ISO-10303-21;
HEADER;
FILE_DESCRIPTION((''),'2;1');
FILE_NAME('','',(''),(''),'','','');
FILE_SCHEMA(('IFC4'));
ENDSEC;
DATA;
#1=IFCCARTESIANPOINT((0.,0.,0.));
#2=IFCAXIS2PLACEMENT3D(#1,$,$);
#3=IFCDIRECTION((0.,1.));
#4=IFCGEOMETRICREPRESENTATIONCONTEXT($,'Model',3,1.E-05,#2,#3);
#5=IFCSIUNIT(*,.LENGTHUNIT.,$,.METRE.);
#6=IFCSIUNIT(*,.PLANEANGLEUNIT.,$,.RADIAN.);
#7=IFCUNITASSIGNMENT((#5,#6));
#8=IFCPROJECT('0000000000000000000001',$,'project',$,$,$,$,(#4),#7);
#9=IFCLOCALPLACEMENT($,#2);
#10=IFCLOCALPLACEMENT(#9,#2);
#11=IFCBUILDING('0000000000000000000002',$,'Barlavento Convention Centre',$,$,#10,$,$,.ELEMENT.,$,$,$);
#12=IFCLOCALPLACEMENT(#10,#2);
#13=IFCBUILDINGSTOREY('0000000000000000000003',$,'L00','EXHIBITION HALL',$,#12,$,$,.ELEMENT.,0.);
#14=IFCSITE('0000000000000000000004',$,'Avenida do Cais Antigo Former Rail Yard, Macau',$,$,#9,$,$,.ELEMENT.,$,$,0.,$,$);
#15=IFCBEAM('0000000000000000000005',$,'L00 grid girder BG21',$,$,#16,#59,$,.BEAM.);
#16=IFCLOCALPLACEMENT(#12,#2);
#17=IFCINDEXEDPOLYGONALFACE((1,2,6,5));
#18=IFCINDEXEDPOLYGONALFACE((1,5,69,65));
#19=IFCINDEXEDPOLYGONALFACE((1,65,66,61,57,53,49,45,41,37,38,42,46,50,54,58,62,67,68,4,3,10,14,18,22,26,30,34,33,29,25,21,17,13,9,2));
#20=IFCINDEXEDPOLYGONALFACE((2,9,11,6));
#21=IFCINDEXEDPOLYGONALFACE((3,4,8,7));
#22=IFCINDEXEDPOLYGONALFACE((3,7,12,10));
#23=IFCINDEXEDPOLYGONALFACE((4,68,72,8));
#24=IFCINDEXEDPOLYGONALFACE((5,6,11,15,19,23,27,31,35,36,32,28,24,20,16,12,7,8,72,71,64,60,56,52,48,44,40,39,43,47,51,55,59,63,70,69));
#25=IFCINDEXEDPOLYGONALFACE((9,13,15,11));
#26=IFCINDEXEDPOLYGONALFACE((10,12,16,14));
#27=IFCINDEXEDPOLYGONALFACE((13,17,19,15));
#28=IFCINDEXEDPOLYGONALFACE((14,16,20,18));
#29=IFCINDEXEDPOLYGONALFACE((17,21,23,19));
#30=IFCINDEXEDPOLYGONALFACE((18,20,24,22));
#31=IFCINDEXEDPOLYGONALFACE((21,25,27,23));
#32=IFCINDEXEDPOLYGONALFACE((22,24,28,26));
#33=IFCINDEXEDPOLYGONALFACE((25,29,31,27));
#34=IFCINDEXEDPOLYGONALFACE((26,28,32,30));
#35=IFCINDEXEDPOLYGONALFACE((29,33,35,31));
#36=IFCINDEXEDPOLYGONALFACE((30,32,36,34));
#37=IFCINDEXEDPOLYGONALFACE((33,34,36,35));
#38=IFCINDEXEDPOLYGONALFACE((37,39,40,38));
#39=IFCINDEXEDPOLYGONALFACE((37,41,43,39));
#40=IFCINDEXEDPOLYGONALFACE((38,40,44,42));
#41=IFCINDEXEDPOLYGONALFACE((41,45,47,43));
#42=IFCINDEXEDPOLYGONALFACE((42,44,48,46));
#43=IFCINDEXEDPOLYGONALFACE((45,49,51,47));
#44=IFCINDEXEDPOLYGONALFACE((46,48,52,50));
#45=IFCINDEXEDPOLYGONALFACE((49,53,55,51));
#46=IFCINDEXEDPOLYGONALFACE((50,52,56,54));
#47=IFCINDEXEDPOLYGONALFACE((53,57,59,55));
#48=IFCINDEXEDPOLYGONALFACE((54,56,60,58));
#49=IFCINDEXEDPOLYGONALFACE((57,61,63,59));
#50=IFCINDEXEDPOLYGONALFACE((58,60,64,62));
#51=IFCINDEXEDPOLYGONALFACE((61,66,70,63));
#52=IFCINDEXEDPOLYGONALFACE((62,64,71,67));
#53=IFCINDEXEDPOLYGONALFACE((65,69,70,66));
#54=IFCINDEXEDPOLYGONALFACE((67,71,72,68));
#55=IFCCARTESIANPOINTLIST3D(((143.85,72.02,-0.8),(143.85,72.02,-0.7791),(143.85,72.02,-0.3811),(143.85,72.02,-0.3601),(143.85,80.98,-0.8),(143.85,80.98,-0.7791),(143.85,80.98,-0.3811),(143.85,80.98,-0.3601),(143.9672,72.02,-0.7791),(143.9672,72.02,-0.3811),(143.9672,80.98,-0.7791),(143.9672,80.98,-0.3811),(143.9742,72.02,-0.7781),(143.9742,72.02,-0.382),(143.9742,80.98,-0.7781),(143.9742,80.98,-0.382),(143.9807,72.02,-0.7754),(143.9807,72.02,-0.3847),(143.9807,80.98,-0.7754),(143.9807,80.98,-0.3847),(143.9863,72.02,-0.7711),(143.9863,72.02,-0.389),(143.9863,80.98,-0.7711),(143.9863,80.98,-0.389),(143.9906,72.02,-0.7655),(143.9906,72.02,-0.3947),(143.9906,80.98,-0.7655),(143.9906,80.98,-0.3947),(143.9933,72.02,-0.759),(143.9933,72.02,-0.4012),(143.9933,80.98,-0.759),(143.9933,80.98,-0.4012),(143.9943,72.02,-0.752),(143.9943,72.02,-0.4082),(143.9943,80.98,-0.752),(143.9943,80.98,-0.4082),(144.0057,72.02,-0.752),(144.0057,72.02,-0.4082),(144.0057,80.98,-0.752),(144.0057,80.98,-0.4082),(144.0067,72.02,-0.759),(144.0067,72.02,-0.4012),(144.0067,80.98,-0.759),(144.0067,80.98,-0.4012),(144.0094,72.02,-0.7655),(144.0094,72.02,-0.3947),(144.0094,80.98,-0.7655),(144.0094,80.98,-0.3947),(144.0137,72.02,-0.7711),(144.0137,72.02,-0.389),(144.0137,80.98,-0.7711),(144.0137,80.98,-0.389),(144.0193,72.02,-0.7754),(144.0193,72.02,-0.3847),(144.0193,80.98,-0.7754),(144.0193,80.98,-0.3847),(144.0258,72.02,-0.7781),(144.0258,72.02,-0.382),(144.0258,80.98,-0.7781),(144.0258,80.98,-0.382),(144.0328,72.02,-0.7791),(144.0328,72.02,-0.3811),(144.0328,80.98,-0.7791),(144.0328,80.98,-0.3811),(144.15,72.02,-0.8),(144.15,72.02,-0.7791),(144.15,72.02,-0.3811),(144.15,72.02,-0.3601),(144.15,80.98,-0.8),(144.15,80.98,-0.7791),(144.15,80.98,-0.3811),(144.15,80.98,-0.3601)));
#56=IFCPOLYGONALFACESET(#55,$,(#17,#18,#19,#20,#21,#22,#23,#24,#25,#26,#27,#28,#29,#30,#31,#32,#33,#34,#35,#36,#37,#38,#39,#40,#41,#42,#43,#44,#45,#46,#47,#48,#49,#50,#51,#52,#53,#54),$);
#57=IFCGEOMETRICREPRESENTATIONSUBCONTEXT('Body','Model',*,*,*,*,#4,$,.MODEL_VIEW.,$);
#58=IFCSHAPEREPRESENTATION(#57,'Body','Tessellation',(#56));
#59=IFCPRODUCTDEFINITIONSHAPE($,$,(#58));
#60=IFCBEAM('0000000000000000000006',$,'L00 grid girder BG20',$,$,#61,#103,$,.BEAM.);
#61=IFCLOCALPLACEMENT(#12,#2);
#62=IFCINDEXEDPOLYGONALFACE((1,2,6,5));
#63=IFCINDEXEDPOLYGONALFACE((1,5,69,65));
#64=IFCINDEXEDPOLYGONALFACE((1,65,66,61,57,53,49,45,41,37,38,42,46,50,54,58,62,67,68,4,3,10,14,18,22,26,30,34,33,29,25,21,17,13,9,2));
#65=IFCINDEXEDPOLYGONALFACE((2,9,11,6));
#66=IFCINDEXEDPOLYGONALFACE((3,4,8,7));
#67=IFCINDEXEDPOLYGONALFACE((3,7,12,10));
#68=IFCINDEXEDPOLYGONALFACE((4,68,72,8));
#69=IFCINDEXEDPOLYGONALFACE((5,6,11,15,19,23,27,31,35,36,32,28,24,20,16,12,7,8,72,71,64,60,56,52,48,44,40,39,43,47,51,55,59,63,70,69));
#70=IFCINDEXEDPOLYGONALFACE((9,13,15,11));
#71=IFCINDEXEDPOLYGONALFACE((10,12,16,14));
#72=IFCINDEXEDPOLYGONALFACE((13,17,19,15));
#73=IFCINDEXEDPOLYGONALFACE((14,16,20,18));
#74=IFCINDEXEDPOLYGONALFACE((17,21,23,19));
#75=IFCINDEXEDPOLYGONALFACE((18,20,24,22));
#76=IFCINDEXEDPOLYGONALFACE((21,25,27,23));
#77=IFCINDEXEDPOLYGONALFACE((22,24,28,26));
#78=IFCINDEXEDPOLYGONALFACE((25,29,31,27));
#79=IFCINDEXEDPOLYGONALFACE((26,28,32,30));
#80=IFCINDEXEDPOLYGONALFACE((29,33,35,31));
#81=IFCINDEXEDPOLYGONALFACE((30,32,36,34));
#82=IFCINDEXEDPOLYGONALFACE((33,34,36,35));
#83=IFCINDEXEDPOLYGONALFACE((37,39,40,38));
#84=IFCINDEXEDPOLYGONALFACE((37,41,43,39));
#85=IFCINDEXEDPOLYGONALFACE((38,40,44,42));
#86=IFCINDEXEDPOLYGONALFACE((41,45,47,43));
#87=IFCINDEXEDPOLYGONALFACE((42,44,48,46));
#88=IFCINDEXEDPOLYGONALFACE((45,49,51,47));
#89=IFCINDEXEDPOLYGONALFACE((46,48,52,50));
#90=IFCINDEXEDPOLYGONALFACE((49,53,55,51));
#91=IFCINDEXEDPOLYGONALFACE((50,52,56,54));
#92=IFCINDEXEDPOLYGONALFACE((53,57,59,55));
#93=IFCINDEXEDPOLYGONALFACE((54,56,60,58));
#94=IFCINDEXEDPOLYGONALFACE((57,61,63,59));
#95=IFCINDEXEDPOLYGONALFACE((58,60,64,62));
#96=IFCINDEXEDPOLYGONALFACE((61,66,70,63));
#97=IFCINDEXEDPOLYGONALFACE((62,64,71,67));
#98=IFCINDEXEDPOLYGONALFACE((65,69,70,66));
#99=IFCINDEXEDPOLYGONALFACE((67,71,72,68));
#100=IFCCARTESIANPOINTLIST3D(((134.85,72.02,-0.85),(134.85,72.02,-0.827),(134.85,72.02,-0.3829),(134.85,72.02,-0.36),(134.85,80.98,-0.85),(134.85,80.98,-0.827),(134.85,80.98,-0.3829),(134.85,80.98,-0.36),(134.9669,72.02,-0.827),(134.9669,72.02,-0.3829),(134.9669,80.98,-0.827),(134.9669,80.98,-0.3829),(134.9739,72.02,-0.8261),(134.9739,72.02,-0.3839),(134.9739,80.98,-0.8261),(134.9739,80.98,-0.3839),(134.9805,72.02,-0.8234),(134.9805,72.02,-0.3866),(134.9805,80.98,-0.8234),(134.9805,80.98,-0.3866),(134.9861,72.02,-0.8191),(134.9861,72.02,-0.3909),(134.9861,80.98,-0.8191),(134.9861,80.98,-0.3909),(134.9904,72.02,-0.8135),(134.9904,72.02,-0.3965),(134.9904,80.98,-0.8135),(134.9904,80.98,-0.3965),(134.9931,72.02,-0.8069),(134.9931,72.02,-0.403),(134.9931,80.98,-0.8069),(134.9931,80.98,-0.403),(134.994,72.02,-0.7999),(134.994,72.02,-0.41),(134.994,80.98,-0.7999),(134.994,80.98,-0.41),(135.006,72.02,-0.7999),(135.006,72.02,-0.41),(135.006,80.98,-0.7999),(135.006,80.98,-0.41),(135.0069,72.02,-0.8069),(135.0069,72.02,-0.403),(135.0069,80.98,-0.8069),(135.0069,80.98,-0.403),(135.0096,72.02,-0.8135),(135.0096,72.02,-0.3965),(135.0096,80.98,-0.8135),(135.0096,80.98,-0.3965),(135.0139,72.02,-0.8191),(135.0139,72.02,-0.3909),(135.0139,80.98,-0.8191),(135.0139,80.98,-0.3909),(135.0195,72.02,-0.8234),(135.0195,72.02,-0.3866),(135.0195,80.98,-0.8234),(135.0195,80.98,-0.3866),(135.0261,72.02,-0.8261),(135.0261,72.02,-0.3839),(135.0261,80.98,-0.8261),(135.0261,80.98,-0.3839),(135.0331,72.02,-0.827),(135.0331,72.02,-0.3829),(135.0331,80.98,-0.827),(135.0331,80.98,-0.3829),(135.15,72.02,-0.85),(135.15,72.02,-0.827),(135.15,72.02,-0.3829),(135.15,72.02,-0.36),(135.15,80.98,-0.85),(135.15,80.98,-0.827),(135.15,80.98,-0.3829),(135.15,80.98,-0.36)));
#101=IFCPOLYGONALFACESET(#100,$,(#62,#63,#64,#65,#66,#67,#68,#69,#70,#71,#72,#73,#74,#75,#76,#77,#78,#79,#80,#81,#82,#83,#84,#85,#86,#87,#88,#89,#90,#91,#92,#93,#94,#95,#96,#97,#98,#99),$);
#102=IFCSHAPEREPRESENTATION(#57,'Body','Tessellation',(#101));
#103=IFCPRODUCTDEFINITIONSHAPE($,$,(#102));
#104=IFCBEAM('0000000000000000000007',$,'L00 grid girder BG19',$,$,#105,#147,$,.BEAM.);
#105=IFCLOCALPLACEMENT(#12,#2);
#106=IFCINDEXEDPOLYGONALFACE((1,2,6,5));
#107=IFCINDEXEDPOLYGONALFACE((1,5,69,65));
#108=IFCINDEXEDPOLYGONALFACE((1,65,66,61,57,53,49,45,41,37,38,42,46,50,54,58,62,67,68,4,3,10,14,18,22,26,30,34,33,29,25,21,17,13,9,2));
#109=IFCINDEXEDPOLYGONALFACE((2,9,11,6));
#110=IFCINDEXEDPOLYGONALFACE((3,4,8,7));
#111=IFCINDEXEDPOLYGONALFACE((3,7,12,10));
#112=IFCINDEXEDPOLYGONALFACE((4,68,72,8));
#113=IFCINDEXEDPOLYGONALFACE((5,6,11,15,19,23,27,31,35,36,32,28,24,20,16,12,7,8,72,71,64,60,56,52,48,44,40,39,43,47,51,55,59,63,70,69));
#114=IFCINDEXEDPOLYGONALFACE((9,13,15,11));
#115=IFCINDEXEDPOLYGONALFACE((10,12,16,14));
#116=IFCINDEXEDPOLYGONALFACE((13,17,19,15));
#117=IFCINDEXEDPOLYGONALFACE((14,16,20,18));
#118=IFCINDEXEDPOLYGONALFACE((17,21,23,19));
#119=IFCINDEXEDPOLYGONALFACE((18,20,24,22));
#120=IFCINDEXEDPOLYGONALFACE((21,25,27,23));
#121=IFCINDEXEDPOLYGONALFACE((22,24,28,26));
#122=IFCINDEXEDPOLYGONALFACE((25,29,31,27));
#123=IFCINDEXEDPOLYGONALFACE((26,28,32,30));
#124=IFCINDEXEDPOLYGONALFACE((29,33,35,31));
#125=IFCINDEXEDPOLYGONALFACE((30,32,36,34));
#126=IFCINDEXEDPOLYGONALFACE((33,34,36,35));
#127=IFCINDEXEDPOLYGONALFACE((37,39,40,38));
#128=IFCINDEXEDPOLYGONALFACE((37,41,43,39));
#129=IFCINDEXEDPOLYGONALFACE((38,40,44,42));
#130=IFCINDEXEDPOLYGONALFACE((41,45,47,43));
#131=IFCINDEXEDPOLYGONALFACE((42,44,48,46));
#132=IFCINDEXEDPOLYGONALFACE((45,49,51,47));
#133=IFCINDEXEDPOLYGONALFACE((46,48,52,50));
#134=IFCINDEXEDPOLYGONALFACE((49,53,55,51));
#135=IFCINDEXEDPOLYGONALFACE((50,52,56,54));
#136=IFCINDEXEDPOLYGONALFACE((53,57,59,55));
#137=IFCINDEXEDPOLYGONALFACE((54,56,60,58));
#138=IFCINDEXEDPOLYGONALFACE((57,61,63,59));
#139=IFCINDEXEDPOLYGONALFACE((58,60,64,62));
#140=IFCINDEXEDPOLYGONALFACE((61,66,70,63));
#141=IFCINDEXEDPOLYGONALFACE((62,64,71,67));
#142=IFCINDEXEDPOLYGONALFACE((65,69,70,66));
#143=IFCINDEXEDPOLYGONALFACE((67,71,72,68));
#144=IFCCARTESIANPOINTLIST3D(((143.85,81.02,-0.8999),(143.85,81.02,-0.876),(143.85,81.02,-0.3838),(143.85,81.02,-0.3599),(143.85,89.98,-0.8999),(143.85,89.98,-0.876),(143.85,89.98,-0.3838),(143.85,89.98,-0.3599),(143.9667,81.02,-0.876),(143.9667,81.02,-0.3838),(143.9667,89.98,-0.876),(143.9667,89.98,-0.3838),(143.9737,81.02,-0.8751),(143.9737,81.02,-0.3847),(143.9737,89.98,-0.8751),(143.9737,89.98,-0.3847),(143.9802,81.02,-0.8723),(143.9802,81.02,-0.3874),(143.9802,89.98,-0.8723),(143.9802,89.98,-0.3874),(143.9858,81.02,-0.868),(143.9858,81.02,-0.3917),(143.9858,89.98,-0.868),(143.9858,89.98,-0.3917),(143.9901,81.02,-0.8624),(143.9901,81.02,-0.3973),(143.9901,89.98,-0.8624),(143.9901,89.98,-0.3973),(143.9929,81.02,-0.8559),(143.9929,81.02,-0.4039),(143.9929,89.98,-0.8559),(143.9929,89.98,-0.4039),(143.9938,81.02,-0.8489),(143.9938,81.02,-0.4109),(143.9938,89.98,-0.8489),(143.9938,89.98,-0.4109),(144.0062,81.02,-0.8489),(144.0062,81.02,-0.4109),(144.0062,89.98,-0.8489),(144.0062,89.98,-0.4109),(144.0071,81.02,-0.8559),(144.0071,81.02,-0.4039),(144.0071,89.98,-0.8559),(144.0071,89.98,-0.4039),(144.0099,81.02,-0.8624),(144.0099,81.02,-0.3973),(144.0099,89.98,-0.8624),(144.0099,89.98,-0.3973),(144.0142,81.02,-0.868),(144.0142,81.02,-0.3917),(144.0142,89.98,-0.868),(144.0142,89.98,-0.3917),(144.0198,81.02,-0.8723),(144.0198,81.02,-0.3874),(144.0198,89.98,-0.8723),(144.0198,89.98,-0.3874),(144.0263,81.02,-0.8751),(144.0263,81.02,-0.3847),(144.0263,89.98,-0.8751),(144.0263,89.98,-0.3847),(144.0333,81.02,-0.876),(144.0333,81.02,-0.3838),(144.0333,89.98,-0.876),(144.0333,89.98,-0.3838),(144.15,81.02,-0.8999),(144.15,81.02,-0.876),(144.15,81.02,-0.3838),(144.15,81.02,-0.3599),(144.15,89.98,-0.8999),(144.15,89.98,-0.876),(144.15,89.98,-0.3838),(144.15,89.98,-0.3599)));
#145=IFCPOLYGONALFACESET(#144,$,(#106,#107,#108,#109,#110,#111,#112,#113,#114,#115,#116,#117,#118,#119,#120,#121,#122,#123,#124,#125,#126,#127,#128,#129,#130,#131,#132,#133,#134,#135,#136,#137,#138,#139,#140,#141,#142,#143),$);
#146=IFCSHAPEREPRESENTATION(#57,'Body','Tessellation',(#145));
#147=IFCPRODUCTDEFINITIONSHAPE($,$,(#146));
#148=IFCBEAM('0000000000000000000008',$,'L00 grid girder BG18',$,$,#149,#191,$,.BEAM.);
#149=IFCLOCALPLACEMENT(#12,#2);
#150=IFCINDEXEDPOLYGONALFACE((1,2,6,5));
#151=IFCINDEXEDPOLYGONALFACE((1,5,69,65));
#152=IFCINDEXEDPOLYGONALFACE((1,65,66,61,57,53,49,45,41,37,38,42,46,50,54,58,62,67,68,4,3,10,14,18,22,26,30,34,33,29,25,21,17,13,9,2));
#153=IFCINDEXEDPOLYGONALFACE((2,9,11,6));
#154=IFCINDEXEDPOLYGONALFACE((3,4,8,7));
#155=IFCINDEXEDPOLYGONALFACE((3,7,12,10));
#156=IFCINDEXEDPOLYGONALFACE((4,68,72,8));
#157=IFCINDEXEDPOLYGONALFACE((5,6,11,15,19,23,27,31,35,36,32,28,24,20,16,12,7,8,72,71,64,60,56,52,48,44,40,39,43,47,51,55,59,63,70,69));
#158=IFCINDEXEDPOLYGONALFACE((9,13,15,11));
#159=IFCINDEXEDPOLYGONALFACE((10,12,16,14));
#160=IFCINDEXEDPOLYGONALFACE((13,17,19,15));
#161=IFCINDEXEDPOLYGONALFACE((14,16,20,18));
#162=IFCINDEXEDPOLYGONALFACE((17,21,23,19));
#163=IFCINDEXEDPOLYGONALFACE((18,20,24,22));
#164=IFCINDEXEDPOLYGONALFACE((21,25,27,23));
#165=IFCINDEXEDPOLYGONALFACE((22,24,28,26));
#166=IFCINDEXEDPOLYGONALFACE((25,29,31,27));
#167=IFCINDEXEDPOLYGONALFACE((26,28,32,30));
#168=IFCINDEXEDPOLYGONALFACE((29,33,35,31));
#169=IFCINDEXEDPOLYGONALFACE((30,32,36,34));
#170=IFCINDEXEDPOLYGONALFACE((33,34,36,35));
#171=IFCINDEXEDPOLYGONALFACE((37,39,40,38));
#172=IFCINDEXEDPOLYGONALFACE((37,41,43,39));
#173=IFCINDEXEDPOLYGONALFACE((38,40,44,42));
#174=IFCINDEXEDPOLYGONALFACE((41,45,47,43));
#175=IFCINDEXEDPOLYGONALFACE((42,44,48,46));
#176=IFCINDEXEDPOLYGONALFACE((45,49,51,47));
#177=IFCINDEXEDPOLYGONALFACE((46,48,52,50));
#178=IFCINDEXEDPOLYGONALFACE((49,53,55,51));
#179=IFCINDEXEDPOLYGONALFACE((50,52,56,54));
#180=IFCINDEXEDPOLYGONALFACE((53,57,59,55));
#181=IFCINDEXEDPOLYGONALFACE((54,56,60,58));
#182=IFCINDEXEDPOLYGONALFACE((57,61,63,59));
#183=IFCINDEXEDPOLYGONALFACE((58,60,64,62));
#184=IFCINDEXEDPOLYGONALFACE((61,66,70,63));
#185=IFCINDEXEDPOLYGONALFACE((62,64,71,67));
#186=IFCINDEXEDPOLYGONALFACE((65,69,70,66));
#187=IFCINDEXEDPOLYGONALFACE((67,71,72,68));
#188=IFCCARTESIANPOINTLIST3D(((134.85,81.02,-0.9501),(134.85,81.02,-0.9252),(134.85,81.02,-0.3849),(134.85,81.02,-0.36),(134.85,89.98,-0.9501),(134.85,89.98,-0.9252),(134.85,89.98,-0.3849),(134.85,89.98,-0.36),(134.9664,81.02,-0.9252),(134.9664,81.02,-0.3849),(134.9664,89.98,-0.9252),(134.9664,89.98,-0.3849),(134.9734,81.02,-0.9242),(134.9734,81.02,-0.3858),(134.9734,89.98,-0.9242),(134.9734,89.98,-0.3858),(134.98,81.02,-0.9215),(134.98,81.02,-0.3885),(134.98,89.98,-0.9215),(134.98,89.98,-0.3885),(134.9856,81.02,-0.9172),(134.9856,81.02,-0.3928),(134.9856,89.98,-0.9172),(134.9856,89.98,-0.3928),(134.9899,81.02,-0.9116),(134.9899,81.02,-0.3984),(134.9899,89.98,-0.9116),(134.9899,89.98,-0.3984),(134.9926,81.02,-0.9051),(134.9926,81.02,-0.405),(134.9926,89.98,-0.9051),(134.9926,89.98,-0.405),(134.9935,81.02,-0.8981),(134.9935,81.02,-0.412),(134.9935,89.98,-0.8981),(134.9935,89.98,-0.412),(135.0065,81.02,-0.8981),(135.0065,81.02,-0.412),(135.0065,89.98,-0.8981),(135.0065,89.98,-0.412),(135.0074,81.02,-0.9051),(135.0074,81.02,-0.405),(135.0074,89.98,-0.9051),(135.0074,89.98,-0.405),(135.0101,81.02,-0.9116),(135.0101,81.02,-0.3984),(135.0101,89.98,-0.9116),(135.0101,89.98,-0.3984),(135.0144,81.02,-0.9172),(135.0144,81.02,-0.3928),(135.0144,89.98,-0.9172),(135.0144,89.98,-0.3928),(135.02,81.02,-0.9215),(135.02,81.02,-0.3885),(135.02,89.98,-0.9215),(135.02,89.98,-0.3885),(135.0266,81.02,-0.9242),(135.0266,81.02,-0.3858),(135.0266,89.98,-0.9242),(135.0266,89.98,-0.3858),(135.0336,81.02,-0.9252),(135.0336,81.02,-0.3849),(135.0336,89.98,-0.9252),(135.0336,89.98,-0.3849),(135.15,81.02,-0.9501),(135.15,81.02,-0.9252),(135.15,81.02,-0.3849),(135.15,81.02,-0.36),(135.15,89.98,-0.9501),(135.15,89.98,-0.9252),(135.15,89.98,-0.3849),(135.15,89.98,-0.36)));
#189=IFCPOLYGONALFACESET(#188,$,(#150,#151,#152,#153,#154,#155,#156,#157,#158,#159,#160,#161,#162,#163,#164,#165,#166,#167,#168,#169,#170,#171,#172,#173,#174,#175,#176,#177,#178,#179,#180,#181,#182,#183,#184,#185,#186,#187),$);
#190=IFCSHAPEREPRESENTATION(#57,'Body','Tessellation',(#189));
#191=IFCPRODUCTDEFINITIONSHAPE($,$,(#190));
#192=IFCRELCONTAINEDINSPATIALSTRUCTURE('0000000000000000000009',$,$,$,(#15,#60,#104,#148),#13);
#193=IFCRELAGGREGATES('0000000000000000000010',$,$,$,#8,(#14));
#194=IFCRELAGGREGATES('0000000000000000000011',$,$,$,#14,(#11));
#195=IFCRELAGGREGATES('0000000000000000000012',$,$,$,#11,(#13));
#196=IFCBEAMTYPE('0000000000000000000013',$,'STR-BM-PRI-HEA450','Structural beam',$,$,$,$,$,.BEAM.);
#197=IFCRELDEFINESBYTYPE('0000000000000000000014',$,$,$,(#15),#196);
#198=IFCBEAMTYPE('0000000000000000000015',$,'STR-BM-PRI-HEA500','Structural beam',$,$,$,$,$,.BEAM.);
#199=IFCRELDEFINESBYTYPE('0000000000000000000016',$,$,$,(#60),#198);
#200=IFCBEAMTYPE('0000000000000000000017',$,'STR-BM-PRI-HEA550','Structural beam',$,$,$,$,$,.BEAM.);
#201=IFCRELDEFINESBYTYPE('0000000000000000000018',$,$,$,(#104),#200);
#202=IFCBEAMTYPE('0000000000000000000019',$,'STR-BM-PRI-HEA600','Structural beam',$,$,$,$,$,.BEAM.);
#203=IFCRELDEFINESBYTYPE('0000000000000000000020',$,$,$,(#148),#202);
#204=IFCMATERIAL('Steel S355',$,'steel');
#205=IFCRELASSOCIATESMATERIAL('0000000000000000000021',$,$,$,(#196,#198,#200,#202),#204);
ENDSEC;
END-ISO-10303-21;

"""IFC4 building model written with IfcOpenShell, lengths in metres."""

from ifc_helpers import new_model, si_unit, direction, frame, origin, origin_2d, place, context, subcontext, project, spatial, i_section, extrude, material, material_profile, profile_set, type_object, element, save


model = new_model("IFC4")

# Units and contexts
model_context = context("Model", 3, precision=1e-05, world=origin(), true_north=direction((0.0, 1.0)))
body_context = subcontext(model_context, "Body", "Model", "MODEL_VIEW")
ifc_project = project(units=[si_unit("LENGTHUNIT", "METRE"), si_unit("PLANEANGLEUNIT", "RADIAN")], contexts=[model_context])

# Site, building, storey
site_placement = place(None, origin())
site = spatial("IfcSite", under=ifc_project, at=site_placement, Name="Avenida do Cais Antigo Former Rail Yard, Macau", CompositionType="ELEMENT", RefElevation=0.0)
building_placement = place(site_placement, origin())
building = spatial("IfcBuilding", under=site, at=building_placement, Name="Barlavento Convention Centre", CompositionType="ELEMENT")
storey_placement = place(building_placement, origin())
storey = spatial("IfcBuildingStorey", under=building, at=storey_placement, Name="L00", Description="EXHIBITION HALL", CompositionType="ELEMENT", Elevation=0.0)

# Beams
ifc_material_1 = material(Name="Steel S355", Category="steel")
ifc_material_profile_1 = material_profile(ifc_material_1, i_section(OverallWidth=0.3, OverallDepth=0.4399, WebThickness=0.0115, FlangeThickness=0.021, FilletRadius=0.0271, at=origin_2d()), Name="HEA 450")
ifc_profile_set_1 = profile_set([ifc_material_profile_1], Name="Steel S355")
beam_type_1 = type_object("IfcBeamType", Name="STR-BM-PRI-HEA450", Description="Structural beam", PredefinedType="BEAM", material=ifc_profile_set_1)
beam_1_placement = place(storey_placement, frame((144.0, 72.02, -0.5801), z_axis=(0.0, 1.0, 0.0), x_axis=(-1.0, 0.0, 0.0)))
element("IfcBeam", 1, at=beam_1_placement, inside=storey, type_object=beam_type_1, Name="L00 grid girder BG21", PredefinedType="BEAM", context=body_context, shape_type="SweptSolid", body=[
    extrude(i_section(OverallWidth=0.3, OverallDepth=0.4399, WebThickness=0.0115, FlangeThickness=0.021, FilletRadius=0.0271, at=origin_2d()), origin(), (0.0, 0.0, 1.0), 8.96),
])
ifc_material_profile_2 = material_profile(ifc_material_1, i_section(OverallWidth=0.3, OverallDepth=0.49, WebThickness=0.012, FlangeThickness=0.0229, FilletRadius=0.0271, at=origin_2d()), Name="HEA 500")
ifc_profile_set_2 = profile_set([ifc_material_profile_2], Name="Steel S355")
beam_type_2 = type_object("IfcBeamType", Name="STR-BM-PRI-HEA500", Description="Structural beam", PredefinedType="BEAM", material=ifc_profile_set_2)
beam_2_placement = place(storey_placement, frame((135.0, 72.02, -0.605), z_axis=(0.0, 1.0, 0.0), x_axis=(-1.0, 0.0, 0.0)))
element("IfcBeam", 2, at=beam_2_placement, inside=storey, type_object=beam_type_2, Name="L00 grid girder BG20", PredefinedType="BEAM", context=body_context, shape_type="SweptSolid", body=[
    extrude(i_section(OverallWidth=0.3, OverallDepth=0.49, WebThickness=0.012, FlangeThickness=0.0229, FilletRadius=0.0271, at=origin_2d()), origin(), (0.0, 0.0, 1.0), 8.96),
])
ifc_material_profile_3 = material_profile(ifc_material_1, i_section(OverallWidth=0.3, OverallDepth=0.54, WebThickness=0.0125, FlangeThickness=0.0239, FilletRadius=0.0271, at=origin_2d()), Name="HEA 550")
ifc_profile_set_3 = profile_set([ifc_material_profile_3], Name="Steel S355")
beam_type_3 = type_object("IfcBeamType", Name="STR-BM-PRI-HEA550", Description="Structural beam", PredefinedType="BEAM", material=ifc_profile_set_3)
beam_3_placement = place(storey_placement, frame((144.0, 81.02, -0.6299), z_axis=(0.0, 1.0, 0.0), x_axis=(-1.0, 0.0, 0.0)))
element("IfcBeam", 3, at=beam_3_placement, inside=storey, type_object=beam_type_3, Name="L00 grid girder BG19", PredefinedType="BEAM", context=body_context, shape_type="SweptSolid", body=[
    extrude(i_section(OverallWidth=0.3, OverallDepth=0.54, WebThickness=0.0125, FlangeThickness=0.0239, FilletRadius=0.0271, at=origin_2d()), origin(), (0.0, 0.0, 1.0), 8.96),
])
ifc_material_profile_4 = material_profile(ifc_material_1, i_section(OverallWidth=0.3, OverallDepth=0.5901, WebThickness=0.0129, FlangeThickness=0.0249, FilletRadius=0.0271, at=origin_2d()), Name="HEA 600")
ifc_profile_set_4 = profile_set([ifc_material_profile_4], Name="Steel S355")
beam_type_4 = type_object("IfcBeamType", Name="STR-BM-PRI-HEA600", Description="Structural beam", PredefinedType="BEAM", material=ifc_profile_set_4)
beam_4_placement = place(storey_placement, frame((135.0, 81.02, -0.655), z_axis=(0.0, 1.0, 0.0), x_axis=(-1.0, 0.0, 0.0)))
element("IfcBeam", 4, at=beam_4_placement, inside=storey, type_object=beam_type_4, Name="L00 grid girder BG18", PredefinedType="BEAM", context=body_context, shape_type="SweptSolid", body=[
    extrude(i_section(OverallWidth=0.3, OverallDepth=0.5901, WebThickness=0.0129, FlangeThickness=0.0249, FilletRadius=0.0271, at=origin_2d()), origin(), (0.0, 0.0, 1.0), 8.96),
])

save(model, "model.ifc")
